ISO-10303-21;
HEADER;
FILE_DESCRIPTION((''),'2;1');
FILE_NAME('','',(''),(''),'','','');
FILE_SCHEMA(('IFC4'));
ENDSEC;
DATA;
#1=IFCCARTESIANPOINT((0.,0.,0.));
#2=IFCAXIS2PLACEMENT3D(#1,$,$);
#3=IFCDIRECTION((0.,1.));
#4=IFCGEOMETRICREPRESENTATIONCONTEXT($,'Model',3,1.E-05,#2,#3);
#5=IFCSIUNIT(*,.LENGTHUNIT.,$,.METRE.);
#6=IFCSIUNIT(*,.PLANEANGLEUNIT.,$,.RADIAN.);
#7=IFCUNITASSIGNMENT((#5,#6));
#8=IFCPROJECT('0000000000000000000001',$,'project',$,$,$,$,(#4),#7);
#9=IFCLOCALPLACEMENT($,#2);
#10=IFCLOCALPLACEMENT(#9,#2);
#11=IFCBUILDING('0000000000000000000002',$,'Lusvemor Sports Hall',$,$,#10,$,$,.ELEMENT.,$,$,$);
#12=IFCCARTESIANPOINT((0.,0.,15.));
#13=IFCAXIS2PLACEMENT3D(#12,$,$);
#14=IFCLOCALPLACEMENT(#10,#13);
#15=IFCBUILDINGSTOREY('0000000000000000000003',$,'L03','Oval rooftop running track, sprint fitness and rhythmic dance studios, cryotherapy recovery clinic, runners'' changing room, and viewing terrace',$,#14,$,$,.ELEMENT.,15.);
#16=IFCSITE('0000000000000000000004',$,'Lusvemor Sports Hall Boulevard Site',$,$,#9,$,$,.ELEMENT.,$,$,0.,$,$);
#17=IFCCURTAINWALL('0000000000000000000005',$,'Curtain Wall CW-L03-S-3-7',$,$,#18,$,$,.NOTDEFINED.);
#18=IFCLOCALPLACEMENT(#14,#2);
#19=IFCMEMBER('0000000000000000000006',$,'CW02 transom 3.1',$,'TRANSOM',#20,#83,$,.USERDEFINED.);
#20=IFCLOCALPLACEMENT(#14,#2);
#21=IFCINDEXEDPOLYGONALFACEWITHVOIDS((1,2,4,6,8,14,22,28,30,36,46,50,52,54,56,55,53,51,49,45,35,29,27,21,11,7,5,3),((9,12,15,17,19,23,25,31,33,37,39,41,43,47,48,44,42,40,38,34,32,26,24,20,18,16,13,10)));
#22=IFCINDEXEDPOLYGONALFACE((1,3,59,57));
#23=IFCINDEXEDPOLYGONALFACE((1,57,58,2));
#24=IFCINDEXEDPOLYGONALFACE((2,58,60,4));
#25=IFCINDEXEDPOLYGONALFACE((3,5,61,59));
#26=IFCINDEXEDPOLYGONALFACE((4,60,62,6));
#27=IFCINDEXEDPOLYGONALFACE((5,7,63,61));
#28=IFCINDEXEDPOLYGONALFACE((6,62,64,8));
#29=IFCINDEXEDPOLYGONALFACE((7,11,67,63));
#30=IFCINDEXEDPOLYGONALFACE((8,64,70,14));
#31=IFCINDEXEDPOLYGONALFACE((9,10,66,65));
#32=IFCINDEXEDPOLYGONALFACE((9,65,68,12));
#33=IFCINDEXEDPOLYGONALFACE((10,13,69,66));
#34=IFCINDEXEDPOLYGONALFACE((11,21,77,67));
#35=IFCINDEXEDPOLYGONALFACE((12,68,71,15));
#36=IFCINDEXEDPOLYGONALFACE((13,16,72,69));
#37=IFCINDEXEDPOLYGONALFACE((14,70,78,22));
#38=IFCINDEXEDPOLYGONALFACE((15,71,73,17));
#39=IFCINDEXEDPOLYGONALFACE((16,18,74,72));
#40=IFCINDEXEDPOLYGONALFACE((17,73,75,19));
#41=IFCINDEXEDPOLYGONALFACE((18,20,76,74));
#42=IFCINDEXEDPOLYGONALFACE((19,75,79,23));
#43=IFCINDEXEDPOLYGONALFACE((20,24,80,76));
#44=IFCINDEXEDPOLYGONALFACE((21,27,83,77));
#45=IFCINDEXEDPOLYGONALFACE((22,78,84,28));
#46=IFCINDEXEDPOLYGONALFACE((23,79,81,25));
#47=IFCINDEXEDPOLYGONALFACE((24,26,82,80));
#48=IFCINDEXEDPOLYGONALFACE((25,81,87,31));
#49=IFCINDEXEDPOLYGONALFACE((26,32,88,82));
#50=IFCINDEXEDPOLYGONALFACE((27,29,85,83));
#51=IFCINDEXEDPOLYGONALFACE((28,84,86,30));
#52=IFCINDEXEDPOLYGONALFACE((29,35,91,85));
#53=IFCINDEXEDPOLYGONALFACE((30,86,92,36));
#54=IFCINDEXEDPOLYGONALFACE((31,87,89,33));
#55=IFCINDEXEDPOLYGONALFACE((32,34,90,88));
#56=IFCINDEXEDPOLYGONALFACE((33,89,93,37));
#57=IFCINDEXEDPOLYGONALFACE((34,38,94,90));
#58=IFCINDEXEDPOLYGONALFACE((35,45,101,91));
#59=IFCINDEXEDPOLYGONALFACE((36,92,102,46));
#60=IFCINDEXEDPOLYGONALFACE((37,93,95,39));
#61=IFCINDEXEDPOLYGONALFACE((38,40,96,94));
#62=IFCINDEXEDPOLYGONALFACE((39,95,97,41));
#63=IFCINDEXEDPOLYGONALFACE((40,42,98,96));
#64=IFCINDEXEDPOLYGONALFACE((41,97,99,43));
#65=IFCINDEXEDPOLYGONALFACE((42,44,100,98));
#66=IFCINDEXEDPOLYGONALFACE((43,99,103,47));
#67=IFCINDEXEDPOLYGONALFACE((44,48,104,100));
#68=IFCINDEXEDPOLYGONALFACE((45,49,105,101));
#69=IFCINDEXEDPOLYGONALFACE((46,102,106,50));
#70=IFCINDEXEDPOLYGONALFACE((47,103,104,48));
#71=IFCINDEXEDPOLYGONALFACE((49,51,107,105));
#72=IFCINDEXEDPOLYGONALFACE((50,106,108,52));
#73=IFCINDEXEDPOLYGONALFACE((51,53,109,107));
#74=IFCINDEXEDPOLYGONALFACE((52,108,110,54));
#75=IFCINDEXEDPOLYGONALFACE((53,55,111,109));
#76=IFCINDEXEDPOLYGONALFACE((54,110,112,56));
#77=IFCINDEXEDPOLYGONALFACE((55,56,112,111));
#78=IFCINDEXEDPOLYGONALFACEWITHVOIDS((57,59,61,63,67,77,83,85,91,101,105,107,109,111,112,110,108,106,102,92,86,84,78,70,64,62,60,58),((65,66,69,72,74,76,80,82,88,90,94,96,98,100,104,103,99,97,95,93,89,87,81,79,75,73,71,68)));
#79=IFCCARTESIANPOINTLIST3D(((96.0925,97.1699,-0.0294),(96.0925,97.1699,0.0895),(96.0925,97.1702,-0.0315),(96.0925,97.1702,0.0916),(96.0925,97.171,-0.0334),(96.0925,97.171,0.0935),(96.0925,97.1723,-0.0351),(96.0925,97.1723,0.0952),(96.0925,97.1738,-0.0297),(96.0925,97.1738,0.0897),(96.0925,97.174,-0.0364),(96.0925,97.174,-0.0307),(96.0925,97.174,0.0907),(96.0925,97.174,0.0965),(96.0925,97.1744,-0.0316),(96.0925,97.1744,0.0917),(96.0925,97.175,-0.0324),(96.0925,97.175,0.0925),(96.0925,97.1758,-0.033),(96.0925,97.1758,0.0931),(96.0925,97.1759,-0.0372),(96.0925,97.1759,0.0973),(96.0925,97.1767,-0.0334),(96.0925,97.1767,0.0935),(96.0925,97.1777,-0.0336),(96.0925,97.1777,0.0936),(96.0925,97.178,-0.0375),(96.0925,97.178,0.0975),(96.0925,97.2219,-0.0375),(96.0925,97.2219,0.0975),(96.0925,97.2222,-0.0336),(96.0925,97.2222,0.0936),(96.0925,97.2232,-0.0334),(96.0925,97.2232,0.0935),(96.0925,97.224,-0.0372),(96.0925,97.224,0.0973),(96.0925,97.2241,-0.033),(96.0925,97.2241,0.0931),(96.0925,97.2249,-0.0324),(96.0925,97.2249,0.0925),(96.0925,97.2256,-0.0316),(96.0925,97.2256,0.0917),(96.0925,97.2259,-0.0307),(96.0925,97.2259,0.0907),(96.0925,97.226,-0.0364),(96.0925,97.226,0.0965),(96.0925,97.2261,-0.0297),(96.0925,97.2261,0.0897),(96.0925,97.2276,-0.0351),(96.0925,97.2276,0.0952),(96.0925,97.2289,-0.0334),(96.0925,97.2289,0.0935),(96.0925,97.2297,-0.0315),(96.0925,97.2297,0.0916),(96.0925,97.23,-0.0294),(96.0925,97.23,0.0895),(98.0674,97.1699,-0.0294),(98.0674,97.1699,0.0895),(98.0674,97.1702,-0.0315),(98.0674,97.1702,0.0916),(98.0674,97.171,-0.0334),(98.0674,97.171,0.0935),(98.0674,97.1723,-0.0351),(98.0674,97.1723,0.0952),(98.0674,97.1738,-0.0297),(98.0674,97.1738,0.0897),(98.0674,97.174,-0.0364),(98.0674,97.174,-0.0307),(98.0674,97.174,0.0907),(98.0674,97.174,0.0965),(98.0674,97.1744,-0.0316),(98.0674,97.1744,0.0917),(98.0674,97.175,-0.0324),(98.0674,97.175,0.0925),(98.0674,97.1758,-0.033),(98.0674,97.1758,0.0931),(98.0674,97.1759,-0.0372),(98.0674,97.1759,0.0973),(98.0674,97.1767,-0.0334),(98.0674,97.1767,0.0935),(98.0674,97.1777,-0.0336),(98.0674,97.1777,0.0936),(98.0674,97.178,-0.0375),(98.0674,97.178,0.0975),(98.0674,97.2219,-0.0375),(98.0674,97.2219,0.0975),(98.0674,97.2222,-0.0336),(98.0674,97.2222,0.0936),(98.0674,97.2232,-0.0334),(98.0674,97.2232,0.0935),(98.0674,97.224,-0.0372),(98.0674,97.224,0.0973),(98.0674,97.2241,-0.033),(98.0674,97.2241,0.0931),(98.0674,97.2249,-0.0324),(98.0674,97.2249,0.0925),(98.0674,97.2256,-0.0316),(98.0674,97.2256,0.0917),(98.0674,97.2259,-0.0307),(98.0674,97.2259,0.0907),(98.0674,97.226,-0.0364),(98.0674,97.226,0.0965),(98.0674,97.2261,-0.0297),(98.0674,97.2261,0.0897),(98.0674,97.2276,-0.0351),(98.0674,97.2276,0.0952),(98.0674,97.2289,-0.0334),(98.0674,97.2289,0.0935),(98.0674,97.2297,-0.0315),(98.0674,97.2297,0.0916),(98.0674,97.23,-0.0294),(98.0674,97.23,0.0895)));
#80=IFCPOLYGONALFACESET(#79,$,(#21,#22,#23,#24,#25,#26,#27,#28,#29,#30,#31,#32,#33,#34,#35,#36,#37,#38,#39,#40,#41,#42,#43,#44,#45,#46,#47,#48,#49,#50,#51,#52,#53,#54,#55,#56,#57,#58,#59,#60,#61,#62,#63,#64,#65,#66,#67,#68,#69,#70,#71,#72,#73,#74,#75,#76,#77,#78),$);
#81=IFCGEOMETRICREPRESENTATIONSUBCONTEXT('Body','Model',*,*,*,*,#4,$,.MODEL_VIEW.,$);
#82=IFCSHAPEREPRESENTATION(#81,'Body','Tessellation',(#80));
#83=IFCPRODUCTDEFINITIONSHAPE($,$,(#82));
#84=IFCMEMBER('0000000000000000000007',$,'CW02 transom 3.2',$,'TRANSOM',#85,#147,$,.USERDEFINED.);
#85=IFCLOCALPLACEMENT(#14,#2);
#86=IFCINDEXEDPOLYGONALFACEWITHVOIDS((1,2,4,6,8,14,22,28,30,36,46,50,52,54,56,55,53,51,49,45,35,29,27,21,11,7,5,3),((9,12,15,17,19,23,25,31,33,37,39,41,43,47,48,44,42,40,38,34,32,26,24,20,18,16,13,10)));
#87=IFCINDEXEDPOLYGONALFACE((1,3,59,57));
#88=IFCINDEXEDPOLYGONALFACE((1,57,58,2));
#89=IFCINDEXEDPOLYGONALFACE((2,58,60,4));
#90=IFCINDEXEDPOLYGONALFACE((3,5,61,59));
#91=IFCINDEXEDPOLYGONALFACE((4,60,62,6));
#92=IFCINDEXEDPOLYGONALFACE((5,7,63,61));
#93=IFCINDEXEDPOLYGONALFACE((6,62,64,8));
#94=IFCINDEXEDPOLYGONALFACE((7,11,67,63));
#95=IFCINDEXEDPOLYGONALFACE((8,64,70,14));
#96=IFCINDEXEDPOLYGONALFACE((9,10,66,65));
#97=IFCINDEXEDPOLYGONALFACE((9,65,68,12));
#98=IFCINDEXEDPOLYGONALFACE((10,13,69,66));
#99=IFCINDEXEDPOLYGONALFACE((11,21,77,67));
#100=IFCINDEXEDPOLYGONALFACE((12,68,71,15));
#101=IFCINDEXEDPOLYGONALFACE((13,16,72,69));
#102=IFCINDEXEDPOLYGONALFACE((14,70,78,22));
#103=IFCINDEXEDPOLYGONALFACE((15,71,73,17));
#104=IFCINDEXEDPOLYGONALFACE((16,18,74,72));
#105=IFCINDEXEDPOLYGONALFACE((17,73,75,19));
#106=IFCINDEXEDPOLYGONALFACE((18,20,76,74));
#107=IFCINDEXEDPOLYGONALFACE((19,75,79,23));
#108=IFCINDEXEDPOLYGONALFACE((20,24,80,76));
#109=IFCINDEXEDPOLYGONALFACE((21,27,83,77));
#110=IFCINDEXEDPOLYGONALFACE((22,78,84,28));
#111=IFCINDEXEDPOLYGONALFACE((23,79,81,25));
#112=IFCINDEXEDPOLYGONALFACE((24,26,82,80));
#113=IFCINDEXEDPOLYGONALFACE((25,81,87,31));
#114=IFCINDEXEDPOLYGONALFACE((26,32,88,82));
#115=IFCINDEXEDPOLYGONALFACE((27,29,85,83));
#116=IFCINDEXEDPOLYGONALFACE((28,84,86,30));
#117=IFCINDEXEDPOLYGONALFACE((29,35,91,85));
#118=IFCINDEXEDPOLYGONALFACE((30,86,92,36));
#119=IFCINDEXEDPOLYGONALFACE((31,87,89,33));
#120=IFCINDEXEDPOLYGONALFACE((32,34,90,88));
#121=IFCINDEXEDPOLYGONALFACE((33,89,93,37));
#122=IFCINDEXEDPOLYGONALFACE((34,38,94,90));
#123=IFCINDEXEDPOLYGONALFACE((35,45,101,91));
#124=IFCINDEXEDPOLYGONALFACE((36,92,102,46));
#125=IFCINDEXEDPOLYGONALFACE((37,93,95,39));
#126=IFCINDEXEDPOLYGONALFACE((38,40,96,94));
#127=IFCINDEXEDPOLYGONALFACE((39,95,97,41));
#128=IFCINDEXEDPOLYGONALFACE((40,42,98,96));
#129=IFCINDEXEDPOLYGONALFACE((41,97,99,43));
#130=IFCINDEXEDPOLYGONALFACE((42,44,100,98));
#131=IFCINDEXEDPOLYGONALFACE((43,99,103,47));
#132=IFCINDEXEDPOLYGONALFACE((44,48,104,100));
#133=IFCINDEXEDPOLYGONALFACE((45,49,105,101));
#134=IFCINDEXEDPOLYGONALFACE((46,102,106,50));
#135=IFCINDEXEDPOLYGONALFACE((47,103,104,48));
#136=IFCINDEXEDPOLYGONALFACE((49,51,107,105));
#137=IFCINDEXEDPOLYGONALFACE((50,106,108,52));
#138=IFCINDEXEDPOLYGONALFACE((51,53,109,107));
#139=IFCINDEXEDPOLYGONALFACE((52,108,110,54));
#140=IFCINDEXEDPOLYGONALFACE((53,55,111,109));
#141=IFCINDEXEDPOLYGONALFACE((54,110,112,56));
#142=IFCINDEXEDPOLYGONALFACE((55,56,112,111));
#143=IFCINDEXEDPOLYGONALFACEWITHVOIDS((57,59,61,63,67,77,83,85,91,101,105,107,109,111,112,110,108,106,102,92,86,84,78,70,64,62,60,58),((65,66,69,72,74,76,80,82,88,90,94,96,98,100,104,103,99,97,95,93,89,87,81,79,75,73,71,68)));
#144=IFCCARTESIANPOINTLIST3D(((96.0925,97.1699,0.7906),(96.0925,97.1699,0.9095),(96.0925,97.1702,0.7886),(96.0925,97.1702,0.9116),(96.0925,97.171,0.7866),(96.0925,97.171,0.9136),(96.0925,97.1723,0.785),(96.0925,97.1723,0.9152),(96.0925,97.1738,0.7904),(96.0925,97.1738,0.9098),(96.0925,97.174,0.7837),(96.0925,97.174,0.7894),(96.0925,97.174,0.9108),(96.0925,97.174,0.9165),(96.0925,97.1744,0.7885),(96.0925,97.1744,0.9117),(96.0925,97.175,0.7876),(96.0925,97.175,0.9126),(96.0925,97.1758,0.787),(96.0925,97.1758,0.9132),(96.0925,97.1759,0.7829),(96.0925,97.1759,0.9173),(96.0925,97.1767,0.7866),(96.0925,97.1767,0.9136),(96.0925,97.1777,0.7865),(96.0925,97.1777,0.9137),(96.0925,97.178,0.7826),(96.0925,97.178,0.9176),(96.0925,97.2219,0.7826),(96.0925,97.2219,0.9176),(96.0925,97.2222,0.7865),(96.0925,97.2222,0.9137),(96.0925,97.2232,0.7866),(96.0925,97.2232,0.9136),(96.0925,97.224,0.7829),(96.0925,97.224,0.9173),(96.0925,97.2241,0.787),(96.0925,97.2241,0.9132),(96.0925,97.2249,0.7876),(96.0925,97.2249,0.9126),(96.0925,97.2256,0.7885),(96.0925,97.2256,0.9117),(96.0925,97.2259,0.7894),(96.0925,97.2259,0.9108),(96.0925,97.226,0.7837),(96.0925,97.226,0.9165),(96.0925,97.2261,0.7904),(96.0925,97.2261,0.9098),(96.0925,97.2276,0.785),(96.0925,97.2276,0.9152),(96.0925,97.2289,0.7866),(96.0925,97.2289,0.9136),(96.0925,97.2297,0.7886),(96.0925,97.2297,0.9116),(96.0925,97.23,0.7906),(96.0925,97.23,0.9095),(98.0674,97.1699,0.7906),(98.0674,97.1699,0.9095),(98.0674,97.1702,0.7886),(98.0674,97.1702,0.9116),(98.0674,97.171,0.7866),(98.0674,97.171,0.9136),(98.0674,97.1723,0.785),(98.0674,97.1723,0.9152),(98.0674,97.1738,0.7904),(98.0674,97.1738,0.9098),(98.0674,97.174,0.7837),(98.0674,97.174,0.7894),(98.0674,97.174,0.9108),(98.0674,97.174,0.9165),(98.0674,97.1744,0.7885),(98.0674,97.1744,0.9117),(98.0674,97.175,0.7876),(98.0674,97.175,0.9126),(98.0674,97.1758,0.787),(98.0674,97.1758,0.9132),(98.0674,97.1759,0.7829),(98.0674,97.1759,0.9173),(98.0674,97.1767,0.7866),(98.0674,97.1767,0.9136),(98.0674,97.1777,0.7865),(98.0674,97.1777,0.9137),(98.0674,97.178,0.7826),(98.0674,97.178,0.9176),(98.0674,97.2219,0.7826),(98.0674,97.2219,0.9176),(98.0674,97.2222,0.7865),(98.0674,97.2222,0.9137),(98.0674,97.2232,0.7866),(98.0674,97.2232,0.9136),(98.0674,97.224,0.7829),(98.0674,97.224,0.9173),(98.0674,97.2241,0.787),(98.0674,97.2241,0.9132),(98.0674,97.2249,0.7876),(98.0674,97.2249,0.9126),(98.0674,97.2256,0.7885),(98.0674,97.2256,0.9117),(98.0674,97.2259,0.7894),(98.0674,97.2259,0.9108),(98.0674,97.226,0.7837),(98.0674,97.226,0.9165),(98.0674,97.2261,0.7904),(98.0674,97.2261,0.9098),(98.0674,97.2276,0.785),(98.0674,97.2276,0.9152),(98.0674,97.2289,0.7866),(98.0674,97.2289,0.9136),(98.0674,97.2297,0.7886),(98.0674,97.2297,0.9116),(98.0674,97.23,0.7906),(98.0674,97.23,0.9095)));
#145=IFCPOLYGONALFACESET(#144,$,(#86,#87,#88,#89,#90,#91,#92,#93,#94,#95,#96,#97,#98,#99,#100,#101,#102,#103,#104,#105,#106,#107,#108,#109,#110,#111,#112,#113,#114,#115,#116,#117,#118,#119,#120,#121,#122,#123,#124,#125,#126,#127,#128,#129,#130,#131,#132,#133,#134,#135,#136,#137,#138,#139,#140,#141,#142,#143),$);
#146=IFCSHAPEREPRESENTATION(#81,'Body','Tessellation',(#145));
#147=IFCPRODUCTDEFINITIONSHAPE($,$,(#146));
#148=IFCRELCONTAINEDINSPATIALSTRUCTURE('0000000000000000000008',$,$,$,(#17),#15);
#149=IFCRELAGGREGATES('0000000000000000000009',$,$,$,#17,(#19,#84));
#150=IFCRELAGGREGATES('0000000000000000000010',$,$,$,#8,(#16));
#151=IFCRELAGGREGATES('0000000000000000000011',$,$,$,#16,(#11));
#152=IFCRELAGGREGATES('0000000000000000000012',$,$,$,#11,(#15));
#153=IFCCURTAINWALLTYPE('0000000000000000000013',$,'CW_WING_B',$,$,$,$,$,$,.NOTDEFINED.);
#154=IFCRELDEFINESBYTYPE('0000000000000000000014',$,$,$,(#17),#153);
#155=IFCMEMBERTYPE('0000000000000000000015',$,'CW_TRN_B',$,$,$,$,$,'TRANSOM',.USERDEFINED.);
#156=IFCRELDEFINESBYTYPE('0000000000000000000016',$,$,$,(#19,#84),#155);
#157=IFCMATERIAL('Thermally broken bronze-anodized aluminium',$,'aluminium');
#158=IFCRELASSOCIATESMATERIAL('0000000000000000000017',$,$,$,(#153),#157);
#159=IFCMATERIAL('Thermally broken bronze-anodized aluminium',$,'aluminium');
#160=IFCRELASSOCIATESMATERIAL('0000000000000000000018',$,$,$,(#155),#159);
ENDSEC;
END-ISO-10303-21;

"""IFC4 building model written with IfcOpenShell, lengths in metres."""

from ifc_helpers import new_model, si_unit, direction, frame, origin, origin_2d, place, context, subcontext, project, spatial, hollow_rectangle, extrude, material, material_profile, profile_set, type_object, element, aggregate, save


model = new_model("IFC4")

# Units and contexts
model_context = context("Model", 3, precision=1e-05, world=origin(), true_north=direction((0.0, 1.0)))
body_context = subcontext(model_context, "Body", "Model", "MODEL_VIEW")
ifc_project = project(units=[si_unit("LENGTHUNIT", "METRE"), si_unit("PLANEANGLEUNIT", "RADIAN")], contexts=[model_context])

# Site, building, storey
site_placement = place(None, origin())
site = spatial("IfcSite", under=ifc_project, at=site_placement, Name="Lusvemor Sports Hall Boulevard Site", CompositionType="ELEMENT", RefElevation=0.0)
building_placement = place(site_placement, origin())
building = spatial("IfcBuilding", under=site, at=building_placement, Name="Lusvemor Sports Hall", CompositionType="ELEMENT")
storey_placement = place(building_placement, frame((0.0, 0.0, 15.0)))
storey = spatial("IfcBuildingStorey", under=building, at=storey_placement, Name="L03", Description="Oval rooftop running track, sprint fitness and rhythmic dance studios, cryotherapy recovery clinic, runners' changing room, and viewing terrace", CompositionType="ELEMENT", Elevation=15.0)

# Curtain wall, members
ifc_material_1 = material(Name="Thermally broken bronze-anodized aluminium", Category="aluminium")
curtain_wall_type = type_object("IfcCurtainWallType", Name="CW_WING_B", PredefinedType="NOTDEFINED", material=ifc_material_1)
curtain_wall_placement = place(storey_placement, origin())
curtain_wall = element("IfcCurtainWall", 1, at=curtain_wall_placement, inside=storey, type_object=curtain_wall_type, Name="Curtain Wall CW-L03-S-3-7", PredefinedType="NOTDEFINED")
ifc_material_2 = material(Name="Thermally broken bronze-anodized aluminium", Category="aluminium")
ifc_material_profile_1 = material_profile(ifc_material_2, hollow_rectangle(XDim=0.0601, YDim=0.135, WallThickness=0.0039, InnerFilletRadius=0.0039, OuterFilletRadius=0.0081, at=origin_2d()), Name="CWTRN135x60x4")
ifc_profile_set_1 = profile_set([ifc_material_profile_1], Name="Thermally broken bronze-anodized aluminium")
member_type_1 = type_object("IfcMemberType", Name="CW_TRN_B", ElementType="TRANSOM", PredefinedType="USERDEFINED", material=ifc_profile_set_1)
member_1_placement = place(storey_placement, frame((98.0674, 97.2, 0.03), z_axis=(-1.0, 0.0, 0.0), x_axis=(0.0, -1.0, 0.0)))
member_1 = element("IfcMember", 2, at=member_1_placement, type_object=member_type_1, Name="CW02 transom 3.1", ObjectType="TRANSOM", PredefinedType="USERDEFINED", context=body_context, shape_type="SweptSolid", body=[
    extrude(hollow_rectangle(XDim=0.0601, YDim=0.135, WallThickness=0.0039, InnerFilletRadius=0.0039, OuterFilletRadius=0.0081, at=origin_2d()), origin(), (0.0, 0.0, 1.0), 1.9749),
])
member_2_placement = place(storey_placement, frame((98.0674, 97.2, 0.8501), z_axis=(-1.0, 0.0, 0.0), x_axis=(0.0, -1.0, 0.0)))
member_2 = element("IfcMember", 3, at=member_2_placement, type_object=member_type_1, Name="CW02 transom 3.2", ObjectType="TRANSOM", PredefinedType="USERDEFINED", context=body_context, shape_type="SweptSolid", body=[
    extrude(hollow_rectangle(XDim=0.0601, YDim=0.135, WallThickness=0.0039, InnerFilletRadius=0.0039, OuterFilletRadius=0.0081, at=origin_2d()), origin(), (0.0, 0.0, 1.0), 1.9749),
])

aggregate(curtain_wall, [member_1, member_2])

save(model, "model.ifc")
